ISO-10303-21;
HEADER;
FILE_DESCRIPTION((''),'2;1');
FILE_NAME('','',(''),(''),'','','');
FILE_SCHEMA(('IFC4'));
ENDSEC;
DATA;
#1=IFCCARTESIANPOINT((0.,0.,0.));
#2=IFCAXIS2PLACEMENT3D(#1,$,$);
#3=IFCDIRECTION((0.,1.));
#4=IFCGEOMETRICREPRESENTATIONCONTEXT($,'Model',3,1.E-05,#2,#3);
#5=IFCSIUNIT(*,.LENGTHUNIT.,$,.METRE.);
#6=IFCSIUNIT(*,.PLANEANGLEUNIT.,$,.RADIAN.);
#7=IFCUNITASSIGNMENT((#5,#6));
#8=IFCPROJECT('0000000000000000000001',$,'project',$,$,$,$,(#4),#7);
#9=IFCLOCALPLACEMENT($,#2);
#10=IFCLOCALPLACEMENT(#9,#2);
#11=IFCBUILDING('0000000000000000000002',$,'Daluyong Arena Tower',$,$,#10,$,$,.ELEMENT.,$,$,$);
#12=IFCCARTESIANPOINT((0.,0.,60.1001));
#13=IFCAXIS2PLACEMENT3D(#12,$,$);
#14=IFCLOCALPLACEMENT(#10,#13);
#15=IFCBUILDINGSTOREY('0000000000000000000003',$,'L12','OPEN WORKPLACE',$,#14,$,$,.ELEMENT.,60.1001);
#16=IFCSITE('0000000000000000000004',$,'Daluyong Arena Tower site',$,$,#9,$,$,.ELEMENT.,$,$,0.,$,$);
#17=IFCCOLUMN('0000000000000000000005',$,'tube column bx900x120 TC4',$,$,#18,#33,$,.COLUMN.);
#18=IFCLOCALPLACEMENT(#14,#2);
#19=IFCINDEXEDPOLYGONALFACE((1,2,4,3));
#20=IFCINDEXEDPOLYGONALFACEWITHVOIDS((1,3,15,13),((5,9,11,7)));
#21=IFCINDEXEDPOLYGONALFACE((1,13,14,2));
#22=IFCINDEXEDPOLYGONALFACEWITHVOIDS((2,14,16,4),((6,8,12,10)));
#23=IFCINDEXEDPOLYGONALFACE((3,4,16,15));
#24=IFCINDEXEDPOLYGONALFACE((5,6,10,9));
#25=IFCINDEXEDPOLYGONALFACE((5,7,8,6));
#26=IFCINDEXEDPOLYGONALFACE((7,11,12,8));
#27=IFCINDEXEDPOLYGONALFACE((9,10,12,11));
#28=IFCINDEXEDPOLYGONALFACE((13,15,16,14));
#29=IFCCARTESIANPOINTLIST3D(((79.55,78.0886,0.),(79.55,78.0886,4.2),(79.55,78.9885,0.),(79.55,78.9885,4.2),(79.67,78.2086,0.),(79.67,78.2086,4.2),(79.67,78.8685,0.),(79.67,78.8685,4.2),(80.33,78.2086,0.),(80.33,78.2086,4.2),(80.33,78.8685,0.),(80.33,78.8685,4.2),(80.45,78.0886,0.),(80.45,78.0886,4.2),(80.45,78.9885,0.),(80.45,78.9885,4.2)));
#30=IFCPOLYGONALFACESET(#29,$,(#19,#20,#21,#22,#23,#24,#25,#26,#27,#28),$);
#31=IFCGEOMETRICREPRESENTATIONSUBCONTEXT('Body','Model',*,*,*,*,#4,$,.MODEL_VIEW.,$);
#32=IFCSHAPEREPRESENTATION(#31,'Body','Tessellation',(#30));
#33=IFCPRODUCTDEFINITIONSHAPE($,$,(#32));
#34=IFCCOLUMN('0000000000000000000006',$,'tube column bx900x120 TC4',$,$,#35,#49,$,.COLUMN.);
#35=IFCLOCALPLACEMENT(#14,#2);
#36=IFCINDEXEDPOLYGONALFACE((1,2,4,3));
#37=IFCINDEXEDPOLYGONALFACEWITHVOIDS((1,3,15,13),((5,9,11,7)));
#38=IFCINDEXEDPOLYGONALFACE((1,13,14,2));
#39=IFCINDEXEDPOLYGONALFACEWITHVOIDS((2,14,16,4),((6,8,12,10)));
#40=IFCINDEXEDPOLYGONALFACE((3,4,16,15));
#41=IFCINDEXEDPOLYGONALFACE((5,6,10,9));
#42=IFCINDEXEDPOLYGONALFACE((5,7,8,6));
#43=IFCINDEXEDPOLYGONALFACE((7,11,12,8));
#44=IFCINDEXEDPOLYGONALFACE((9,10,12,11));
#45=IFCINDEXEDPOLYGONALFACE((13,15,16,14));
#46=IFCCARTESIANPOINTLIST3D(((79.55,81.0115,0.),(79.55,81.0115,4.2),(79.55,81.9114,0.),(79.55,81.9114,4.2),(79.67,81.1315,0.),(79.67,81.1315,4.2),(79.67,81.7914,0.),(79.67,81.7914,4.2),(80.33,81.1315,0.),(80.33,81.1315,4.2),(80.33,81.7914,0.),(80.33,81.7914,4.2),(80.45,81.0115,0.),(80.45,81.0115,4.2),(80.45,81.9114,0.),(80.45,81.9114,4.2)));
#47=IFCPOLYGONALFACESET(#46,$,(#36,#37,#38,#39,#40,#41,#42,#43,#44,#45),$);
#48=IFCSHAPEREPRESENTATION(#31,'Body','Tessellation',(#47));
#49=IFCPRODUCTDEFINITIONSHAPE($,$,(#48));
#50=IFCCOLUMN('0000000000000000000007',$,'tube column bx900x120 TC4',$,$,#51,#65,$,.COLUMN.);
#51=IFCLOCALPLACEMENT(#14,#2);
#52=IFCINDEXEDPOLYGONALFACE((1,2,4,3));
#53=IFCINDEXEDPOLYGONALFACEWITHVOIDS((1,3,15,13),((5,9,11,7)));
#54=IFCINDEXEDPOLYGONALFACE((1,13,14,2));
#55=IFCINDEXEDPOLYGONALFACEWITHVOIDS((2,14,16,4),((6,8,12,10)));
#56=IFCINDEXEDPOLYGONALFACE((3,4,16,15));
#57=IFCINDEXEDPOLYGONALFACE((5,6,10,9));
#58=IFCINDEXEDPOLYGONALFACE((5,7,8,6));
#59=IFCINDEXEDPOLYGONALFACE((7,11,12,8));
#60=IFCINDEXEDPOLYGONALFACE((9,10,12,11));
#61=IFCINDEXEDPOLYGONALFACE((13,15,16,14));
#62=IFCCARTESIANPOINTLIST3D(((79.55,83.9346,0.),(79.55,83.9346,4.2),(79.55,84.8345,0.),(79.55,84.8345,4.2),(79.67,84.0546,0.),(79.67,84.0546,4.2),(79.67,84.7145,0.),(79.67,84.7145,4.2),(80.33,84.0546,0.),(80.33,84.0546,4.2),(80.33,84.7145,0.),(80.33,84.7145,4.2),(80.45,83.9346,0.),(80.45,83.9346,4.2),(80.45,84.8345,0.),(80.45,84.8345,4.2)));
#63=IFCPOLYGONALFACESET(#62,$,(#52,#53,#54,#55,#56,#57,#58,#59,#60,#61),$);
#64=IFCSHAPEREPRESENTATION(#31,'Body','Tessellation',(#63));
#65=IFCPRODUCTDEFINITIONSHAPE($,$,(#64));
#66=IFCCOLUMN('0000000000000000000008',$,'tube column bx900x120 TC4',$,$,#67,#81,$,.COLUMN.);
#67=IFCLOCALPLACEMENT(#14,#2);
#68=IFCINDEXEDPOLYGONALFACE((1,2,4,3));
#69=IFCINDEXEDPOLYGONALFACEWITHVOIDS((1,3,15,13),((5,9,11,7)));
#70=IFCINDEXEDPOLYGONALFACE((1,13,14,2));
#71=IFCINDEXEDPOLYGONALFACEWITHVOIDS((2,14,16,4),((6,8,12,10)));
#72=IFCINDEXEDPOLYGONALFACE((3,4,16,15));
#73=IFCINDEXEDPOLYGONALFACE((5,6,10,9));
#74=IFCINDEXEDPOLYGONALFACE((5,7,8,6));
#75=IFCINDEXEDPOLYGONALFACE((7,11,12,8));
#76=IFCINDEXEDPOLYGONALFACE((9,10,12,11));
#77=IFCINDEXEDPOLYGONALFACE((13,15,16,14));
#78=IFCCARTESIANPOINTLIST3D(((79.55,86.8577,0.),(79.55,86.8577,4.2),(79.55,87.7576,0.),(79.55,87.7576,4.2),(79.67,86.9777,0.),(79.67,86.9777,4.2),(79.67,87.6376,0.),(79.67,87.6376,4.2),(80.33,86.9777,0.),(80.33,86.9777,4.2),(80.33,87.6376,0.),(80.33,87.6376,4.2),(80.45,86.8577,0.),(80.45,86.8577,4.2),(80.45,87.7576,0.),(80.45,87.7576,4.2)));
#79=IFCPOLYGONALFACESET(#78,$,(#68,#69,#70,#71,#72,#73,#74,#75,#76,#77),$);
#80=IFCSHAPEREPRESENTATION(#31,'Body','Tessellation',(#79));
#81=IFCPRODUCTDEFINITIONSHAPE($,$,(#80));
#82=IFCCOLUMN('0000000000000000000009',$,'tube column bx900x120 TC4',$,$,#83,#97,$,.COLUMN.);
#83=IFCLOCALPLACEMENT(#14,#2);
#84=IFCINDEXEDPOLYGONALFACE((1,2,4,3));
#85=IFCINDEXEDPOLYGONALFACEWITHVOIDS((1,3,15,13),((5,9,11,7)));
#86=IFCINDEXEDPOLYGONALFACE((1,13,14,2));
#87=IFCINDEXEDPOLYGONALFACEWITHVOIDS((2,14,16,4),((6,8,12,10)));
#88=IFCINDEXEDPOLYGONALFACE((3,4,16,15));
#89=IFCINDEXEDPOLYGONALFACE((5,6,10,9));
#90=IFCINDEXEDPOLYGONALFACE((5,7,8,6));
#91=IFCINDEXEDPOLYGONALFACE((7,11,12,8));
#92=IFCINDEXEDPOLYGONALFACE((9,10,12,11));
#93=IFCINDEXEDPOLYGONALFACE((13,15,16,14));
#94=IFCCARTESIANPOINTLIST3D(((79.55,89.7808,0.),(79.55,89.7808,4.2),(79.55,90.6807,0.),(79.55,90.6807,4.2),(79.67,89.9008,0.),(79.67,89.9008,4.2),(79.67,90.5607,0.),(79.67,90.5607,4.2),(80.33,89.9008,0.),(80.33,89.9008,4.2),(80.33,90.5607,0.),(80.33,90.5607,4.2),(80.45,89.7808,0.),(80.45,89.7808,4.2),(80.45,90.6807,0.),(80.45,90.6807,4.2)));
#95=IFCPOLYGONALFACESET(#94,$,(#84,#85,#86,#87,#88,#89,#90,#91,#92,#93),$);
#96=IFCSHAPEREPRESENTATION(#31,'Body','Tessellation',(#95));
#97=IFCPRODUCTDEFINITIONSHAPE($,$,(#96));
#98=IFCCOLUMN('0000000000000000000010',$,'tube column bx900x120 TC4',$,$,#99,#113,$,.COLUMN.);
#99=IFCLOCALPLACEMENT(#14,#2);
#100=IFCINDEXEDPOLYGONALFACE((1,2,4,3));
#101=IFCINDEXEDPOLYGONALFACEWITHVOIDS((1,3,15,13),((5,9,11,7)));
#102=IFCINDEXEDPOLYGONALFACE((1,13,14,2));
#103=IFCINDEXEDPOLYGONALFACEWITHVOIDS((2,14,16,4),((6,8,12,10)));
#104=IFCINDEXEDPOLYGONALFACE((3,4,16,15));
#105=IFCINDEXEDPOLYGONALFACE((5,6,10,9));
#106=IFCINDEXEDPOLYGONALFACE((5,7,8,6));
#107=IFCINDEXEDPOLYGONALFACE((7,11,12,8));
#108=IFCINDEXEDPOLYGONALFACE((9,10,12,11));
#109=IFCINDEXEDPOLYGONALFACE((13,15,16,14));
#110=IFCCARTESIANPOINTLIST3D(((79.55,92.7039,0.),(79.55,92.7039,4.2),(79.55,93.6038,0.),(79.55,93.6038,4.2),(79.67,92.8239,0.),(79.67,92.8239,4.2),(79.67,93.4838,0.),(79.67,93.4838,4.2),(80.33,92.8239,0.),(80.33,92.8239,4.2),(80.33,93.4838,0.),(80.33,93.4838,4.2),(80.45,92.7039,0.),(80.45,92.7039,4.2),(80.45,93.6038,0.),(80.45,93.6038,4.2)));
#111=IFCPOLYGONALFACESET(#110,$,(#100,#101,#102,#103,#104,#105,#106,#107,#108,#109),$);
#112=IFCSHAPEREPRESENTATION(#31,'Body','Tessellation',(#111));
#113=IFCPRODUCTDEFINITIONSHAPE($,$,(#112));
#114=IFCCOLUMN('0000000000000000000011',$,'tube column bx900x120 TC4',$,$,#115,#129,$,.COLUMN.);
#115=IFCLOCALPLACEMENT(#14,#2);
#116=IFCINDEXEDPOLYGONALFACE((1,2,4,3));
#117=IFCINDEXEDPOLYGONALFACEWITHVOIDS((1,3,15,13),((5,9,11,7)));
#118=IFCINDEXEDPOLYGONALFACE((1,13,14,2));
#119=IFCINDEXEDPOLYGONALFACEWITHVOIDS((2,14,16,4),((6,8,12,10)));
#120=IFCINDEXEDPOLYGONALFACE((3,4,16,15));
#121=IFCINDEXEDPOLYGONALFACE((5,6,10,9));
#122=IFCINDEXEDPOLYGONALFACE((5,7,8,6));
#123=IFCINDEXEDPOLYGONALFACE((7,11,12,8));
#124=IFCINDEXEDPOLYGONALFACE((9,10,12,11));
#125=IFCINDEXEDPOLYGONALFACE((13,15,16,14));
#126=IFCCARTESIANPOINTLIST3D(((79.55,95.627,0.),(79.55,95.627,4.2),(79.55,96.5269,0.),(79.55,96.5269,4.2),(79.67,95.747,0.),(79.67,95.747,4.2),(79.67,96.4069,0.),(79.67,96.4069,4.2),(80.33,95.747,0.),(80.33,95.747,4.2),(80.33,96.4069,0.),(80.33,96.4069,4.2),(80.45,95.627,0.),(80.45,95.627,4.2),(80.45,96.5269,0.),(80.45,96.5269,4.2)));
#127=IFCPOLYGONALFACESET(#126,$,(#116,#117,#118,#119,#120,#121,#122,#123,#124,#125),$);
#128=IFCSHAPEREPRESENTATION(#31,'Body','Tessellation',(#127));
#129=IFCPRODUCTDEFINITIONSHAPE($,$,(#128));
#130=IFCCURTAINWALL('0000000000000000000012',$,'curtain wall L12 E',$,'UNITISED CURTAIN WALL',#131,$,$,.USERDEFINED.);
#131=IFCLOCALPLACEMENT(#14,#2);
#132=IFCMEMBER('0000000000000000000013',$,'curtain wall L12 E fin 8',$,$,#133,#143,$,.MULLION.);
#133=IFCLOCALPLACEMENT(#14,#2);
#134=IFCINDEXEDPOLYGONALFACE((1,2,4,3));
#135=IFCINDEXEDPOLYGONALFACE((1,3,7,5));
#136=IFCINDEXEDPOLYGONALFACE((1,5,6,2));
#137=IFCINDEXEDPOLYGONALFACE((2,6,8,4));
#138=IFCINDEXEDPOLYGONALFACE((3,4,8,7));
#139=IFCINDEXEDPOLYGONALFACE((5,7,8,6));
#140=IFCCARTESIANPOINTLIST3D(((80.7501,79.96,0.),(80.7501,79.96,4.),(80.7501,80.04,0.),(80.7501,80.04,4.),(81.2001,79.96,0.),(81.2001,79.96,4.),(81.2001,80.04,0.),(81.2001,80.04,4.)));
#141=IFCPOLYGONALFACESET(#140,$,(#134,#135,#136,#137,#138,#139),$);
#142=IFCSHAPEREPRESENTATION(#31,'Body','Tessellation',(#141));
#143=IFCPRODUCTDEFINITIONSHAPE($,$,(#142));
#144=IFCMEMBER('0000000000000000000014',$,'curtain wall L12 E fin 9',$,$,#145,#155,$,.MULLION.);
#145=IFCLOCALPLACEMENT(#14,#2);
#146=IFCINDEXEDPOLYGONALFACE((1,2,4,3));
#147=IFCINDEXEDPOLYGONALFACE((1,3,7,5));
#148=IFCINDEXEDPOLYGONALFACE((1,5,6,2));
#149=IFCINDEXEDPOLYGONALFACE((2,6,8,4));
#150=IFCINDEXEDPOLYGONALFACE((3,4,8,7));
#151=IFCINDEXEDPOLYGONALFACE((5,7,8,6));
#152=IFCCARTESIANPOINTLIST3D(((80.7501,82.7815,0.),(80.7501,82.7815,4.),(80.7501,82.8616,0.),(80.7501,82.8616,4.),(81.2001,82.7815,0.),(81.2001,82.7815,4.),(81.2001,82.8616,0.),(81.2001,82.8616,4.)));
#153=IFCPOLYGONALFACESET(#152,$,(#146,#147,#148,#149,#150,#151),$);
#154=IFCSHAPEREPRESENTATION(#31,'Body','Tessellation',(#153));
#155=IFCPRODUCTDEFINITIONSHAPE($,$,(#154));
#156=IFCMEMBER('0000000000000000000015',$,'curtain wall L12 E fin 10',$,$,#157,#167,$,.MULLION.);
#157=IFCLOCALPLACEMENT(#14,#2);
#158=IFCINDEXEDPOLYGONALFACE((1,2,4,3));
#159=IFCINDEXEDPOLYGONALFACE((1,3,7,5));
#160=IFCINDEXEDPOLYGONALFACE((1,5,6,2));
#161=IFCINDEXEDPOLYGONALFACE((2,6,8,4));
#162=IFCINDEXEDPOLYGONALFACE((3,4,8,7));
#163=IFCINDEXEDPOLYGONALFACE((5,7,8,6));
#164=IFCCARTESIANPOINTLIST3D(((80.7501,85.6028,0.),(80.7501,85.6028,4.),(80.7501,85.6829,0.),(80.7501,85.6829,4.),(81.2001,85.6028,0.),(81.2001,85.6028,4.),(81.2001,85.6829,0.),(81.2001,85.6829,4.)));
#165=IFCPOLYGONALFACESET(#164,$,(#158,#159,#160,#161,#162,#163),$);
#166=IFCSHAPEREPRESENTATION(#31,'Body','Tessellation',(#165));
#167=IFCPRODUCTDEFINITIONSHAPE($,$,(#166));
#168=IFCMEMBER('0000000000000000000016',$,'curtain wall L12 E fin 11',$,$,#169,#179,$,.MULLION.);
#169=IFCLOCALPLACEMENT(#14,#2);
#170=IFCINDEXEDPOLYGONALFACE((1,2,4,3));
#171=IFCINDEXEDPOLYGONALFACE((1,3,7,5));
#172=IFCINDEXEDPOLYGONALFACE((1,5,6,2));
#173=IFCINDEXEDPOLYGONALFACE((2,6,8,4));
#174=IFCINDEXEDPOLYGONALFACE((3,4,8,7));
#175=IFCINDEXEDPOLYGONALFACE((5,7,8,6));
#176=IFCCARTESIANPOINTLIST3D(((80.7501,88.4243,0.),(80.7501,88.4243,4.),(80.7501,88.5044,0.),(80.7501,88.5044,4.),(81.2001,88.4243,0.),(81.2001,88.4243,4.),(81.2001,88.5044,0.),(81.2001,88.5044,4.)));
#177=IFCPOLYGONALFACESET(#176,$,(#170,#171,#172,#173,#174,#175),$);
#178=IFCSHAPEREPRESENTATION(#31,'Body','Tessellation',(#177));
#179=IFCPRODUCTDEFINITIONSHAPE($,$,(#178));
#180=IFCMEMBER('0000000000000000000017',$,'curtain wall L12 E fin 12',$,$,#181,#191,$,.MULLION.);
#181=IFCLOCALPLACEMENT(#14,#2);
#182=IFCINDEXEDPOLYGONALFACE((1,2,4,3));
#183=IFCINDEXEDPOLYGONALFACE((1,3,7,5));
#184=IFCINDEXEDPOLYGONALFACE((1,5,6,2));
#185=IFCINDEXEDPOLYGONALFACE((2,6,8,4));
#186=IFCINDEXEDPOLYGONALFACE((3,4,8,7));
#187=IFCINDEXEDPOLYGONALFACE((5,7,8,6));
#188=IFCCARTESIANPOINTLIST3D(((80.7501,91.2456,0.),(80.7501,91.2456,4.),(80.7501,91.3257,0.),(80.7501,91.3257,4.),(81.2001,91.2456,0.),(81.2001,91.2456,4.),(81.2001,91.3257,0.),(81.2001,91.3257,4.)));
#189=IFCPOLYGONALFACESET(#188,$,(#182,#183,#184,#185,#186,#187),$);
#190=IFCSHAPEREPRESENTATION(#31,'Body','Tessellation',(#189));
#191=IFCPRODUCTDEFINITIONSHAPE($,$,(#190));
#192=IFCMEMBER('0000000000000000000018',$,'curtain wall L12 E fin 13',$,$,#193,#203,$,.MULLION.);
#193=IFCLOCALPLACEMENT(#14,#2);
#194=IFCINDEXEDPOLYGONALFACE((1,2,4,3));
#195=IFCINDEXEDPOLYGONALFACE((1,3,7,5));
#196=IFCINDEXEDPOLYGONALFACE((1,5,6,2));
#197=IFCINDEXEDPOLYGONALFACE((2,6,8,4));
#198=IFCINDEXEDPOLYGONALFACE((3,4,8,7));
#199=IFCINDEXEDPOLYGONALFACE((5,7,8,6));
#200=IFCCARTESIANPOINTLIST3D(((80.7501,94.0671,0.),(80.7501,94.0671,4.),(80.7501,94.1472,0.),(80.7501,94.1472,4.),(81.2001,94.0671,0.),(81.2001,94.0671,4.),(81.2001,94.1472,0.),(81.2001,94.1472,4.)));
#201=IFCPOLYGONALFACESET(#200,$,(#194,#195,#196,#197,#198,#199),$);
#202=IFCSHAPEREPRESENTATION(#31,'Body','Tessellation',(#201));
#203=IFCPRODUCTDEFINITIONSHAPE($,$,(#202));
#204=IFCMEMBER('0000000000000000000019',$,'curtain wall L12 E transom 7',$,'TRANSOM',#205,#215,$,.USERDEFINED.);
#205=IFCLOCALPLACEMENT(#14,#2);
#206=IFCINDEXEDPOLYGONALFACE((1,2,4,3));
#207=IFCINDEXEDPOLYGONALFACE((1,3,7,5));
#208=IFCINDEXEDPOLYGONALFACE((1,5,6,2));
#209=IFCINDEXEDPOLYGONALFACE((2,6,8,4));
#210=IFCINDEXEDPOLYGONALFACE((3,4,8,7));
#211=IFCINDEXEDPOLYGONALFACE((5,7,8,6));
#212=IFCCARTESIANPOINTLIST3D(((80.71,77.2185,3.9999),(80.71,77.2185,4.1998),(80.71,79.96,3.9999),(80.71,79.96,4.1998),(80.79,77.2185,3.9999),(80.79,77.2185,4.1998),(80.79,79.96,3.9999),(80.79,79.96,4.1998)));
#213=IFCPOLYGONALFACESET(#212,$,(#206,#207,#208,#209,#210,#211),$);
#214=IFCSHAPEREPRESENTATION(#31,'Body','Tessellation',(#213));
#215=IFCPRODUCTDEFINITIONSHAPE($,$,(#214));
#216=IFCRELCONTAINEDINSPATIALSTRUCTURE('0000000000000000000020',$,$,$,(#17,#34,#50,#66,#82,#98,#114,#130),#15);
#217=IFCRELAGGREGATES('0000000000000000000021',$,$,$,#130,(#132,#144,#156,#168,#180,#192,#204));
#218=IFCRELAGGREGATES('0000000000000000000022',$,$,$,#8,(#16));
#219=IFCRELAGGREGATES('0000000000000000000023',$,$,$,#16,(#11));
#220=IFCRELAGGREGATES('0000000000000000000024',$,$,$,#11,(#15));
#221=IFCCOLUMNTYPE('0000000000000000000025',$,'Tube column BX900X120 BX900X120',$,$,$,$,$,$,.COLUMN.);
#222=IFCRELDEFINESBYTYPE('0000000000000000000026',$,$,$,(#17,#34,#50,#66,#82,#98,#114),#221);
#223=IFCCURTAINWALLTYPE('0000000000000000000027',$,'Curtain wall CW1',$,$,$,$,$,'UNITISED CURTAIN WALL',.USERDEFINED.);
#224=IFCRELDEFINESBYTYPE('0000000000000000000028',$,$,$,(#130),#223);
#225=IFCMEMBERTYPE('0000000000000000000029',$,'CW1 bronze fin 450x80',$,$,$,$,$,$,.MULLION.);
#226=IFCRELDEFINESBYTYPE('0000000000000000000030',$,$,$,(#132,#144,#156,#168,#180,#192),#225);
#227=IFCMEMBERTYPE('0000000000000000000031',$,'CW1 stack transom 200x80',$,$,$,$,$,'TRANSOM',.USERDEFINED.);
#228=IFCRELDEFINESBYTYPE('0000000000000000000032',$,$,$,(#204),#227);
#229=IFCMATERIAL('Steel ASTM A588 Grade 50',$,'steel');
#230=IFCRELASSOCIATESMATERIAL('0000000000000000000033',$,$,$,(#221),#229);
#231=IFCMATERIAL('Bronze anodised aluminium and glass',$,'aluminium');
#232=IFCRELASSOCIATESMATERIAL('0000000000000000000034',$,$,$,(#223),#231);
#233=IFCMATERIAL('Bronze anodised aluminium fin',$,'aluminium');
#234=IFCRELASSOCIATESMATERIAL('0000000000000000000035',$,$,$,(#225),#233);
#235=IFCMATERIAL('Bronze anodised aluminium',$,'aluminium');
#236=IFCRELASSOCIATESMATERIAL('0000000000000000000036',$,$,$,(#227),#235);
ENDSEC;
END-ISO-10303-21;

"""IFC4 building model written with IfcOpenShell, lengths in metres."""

from ifc_helpers import new_model, si_unit, direction, frame, origin, origin_2d, place, context, subcontext, project, spatial, rectangle, hollow_rectangle, extrude, material, material_profile, profile_set, type_object, element, aggregate, save


model = new_model("IFC4")

# Units and contexts
model_context = context("Model", 3, precision=1e-05, world=origin(), true_north=direction((0.0, 1.0)))
body_context = subcontext(model_context, "Body", "Model", "MODEL_VIEW")
ifc_project = project(units=[si_unit("LENGTHUNIT", "METRE"), si_unit("PLANEANGLEUNIT", "RADIAN")], contexts=[model_context])

# Site, building, storey
site_placement = place(None, origin())
site = spatial("IfcSite", under=ifc_project, at=site_placement, Name="Daluyong Arena Tower site", CompositionType="ELEMENT", RefElevation=0.0)
building_placement = place(site_placement, origin())
building = spatial("IfcBuilding", under=site, at=building_placement, Name="Daluyong Arena Tower", CompositionType="ELEMENT")
storey_placement = place(building_placement, frame((0.0, 0.0, 60.1001)))
storey = spatial("IfcBuildingStorey", under=building, at=storey_placement, Name="L12", Description="OPEN WORKPLACE", CompositionType="ELEMENT", Elevation=60.1001)

# Columns
ifc_material_1 = material(Name="Steel ASTM A588 Grade 50", Category="steel")
ifc_material_profile_1 = material_profile(ifc_material_1, hollow_rectangle(XDim=0.8999, YDim=0.8999, WallThickness=0.12, at=origin_2d()))
ifc_profile_set_1 = profile_set([ifc_material_profile_1], Name="Steel ASTM A588 Grade 50")
column_type = type_object("IfcColumnType", Name="Tube column BX900X120 BX900X120", PredefinedType="COLUMN", material=ifc_profile_set_1)
for number, where, z_axis, x_axis, name in (
    (1, (80.0, 78.5386, 0.0), (0.0, 0.0, 1.0), (0.0, 1.0, 0.0), "tube column bx900x120 TC4"),
    (2, (80.0, 81.4614, 0.0), (0.0, 0.0, 1.0), (0.0, 1.0, 0.0), "tube column bx900x120 TC4"),
    (3, (80.0, 84.3845, 0.0), (0.0, 0.0, 1.0), (0.0, 1.0, 0.0), "tube column bx900x120 TC4"),
    (4, (80.0, 87.3076, 0.0), (0.0, 0.0, 1.0), (0.0, 1.0, 0.0), "tube column bx900x120 TC4"),
    (5, (80.0, 90.2307, 0.0), (0.0, 0.0, 1.0), (0.0, 1.0, 0.0), "tube column bx900x120 TC4"),
    (6, (80.0, 93.1538, 0.0), (0.0, 0.0, 1.0), (0.0, 1.0, 0.0), "tube column bx900x120 TC4"),
    (7, (80.0, 96.0769, 0.0), (0.0, 0.0, 1.0), (0.0, 1.0, 0.0), "tube column bx900x120 TC4"),
):
    element("IfcColumn", number, at=place(storey_placement, frame(where, z_axis=z_axis, x_axis=x_axis)), inside=storey, type_object=column_type, Name=name, PredefinedType="COLUMN", context=body_context, shape_type="SweptSolid", body=[
        extrude(hollow_rectangle(XDim=0.8999, YDim=0.8999, WallThickness=0.12, at=origin_2d()), origin(), (0.0, 0.0, 1.0), 4.2),
    ])

# Curtain wall, members
ifc_material_2 = material(Name="Bronze anodised aluminium and glass", Category="aluminium")
curtain_wall_type = type_object("IfcCurtainWallType", Name="Curtain wall CW1", ElementType="UNITISED CURTAIN WALL", PredefinedType="USERDEFINED", material=ifc_material_2)
curtain_wall_placement = place(storey_placement, origin())
curtain_wall = element("IfcCurtainWall", 8, at=curtain_wall_placement, inside=storey, type_object=curtain_wall_type, Name="curtain wall L12 E", ObjectType="UNITISED CURTAIN WALL", PredefinedType="USERDEFINED")
ifc_material_3 = material(Name="Bronze anodised aluminium fin", Category="aluminium")
ifc_material_profile_2 = material_profile(ifc_material_3, rectangle(XDim=0.45, YDim=0.0801, at=origin_2d()))
ifc_profile_set_2 = profile_set([ifc_material_profile_2], Name="Bronze anodised aluminium fin")
member_type_1 = type_object("IfcMemberType", Name="CW1 bronze fin 450x80", PredefinedType="MULLION", material=ifc_profile_set_2)
member_1_placement = place(storey_placement, frame((80.9751, 80.0, 0.0), z_axis=(0.0, 0.0, 1.0), x_axis=(-1.0, 0.0, 0.0)))
member_1 = element("IfcMember", 9, at=member_1_placement, type_object=member_type_1, Name="curtain wall L12 E fin 8", PredefinedType="MULLION", context=body_context, shape_type="SweptSolid", body=[
    extrude(rectangle(XDim=0.45, YDim=0.0801, at=origin_2d()), origin(), (0.0, 0.0, 1.0), 4.0),
])
member_2_placement = place(storey_placement, frame((80.9751, 82.8215, 0.0), z_axis=(0.0, 0.0, 1.0), x_axis=(-1.0, 0.0, 0.0)))
member_2 = element("IfcMember", 10, at=member_2_placement, type_object=member_type_1, Name="curtain wall L12 E fin 9", PredefinedType="MULLION", context=body_context, shape_type="SweptSolid", body=[
    extrude(rectangle(XDim=0.45, YDim=0.0801, at=origin_2d()), origin(), (0.0, 0.0, 1.0), 4.0),
])
member_3_placement = place(storey_placement, frame((80.9751, 85.6428, 0.0), z_axis=(0.0, 0.0, 1.0), x_axis=(-1.0, 0.0, 0.0)))
member_3 = element("IfcMember", 11, at=member_3_placement, type_object=member_type_1, Name="curtain wall L12 E fin 10", PredefinedType="MULLION", context=body_context, shape_type="SweptSolid", body=[
    extrude(rectangle(XDim=0.45, YDim=0.0801, at=origin_2d()), origin(), (0.0, 0.0, 1.0), 4.0),
])
member_4_placement = place(storey_placement, frame((80.9751, 88.4644, 0.0), z_axis=(0.0, 0.0, 1.0), x_axis=(-1.0, 0.0, 0.0)))
member_4 = element("IfcMember", 12, at=member_4_placement, type_object=member_type_1, Name="curtain wall L12 E fin 11", PredefinedType="MULLION", context=body_context, shape_type="SweptSolid", body=[
    extrude(rectangle(XDim=0.45, YDim=0.0801, at=origin_2d()), origin(), (0.0, 0.0, 1.0), 4.0),
])
member_5_placement = place(storey_placement, frame((80.9751, 91.2856, 0.0), z_axis=(0.0, 0.0, 1.0), x_axis=(-1.0, 0.0, 0.0)))
member_5 = element("IfcMember", 13, at=member_5_placement, type_object=member_type_1, Name="curtain wall L12 E fin 12", PredefinedType="MULLION", context=body_context, shape_type="SweptSolid", body=[
    extrude(rectangle(XDim=0.45, YDim=0.0801, at=origin_2d()), origin(), (0.0, 0.0, 1.0), 4.0),
])
member_6_placement = place(storey_placement, frame((80.9751, 94.1072, 0.0), z_axis=(0.0, 0.0, 1.0), x_axis=(-1.0, 0.0, 0.0)))
member_6 = element("IfcMember", 14, at=member_6_placement, type_object=member_type_1, Name="curtain wall L12 E fin 13", PredefinedType="MULLION", context=body_context, shape_type="SweptSolid", body=[
    extrude(rectangle(XDim=0.45, YDim=0.0801, at=origin_2d()), origin(), (0.0, 0.0, 1.0), 4.0),
])
ifc_material_4 = material(Name="Bronze anodised aluminium", Category="aluminium")
ifc_material_profile_3 = material_profile(ifc_material_4, rectangle(XDim=0.0801, YDim=0.2, at=origin_2d()))
ifc_profile_set_3 = profile_set([ifc_material_profile_3], Name="Bronze anodised aluminium")
member_type_2 = type_object("IfcMemberType", Name="CW1 stack transom 200x80", ElementType="TRANSOM", PredefinedType="USERDEFINED", material=ifc_profile_set_3)
member_7_placement = place(storey_placement, frame((80.75, 77.2185, 4.0999), z_axis=(0.0, 1.0, 0.0), x_axis=(-1.0, 0.0, 0.0)))
member_7 = element("IfcMember", 15, at=member_7_placement, type_object=member_type_2, Name="curtain wall L12 E transom 7", ObjectType="TRANSOM", PredefinedType="USERDEFINED", context=body_context, shape_type="SweptSolid", body=[
    extrude(rectangle(XDim=0.0801, YDim=0.2, at=origin_2d()), origin(), (0.0, 0.0, 1.0), 2.7415),
])

aggregate(curtain_wall, [member_1, member_2, member_3, member_4, member_5, member_6, member_7])

save(model, "model.ifc")
